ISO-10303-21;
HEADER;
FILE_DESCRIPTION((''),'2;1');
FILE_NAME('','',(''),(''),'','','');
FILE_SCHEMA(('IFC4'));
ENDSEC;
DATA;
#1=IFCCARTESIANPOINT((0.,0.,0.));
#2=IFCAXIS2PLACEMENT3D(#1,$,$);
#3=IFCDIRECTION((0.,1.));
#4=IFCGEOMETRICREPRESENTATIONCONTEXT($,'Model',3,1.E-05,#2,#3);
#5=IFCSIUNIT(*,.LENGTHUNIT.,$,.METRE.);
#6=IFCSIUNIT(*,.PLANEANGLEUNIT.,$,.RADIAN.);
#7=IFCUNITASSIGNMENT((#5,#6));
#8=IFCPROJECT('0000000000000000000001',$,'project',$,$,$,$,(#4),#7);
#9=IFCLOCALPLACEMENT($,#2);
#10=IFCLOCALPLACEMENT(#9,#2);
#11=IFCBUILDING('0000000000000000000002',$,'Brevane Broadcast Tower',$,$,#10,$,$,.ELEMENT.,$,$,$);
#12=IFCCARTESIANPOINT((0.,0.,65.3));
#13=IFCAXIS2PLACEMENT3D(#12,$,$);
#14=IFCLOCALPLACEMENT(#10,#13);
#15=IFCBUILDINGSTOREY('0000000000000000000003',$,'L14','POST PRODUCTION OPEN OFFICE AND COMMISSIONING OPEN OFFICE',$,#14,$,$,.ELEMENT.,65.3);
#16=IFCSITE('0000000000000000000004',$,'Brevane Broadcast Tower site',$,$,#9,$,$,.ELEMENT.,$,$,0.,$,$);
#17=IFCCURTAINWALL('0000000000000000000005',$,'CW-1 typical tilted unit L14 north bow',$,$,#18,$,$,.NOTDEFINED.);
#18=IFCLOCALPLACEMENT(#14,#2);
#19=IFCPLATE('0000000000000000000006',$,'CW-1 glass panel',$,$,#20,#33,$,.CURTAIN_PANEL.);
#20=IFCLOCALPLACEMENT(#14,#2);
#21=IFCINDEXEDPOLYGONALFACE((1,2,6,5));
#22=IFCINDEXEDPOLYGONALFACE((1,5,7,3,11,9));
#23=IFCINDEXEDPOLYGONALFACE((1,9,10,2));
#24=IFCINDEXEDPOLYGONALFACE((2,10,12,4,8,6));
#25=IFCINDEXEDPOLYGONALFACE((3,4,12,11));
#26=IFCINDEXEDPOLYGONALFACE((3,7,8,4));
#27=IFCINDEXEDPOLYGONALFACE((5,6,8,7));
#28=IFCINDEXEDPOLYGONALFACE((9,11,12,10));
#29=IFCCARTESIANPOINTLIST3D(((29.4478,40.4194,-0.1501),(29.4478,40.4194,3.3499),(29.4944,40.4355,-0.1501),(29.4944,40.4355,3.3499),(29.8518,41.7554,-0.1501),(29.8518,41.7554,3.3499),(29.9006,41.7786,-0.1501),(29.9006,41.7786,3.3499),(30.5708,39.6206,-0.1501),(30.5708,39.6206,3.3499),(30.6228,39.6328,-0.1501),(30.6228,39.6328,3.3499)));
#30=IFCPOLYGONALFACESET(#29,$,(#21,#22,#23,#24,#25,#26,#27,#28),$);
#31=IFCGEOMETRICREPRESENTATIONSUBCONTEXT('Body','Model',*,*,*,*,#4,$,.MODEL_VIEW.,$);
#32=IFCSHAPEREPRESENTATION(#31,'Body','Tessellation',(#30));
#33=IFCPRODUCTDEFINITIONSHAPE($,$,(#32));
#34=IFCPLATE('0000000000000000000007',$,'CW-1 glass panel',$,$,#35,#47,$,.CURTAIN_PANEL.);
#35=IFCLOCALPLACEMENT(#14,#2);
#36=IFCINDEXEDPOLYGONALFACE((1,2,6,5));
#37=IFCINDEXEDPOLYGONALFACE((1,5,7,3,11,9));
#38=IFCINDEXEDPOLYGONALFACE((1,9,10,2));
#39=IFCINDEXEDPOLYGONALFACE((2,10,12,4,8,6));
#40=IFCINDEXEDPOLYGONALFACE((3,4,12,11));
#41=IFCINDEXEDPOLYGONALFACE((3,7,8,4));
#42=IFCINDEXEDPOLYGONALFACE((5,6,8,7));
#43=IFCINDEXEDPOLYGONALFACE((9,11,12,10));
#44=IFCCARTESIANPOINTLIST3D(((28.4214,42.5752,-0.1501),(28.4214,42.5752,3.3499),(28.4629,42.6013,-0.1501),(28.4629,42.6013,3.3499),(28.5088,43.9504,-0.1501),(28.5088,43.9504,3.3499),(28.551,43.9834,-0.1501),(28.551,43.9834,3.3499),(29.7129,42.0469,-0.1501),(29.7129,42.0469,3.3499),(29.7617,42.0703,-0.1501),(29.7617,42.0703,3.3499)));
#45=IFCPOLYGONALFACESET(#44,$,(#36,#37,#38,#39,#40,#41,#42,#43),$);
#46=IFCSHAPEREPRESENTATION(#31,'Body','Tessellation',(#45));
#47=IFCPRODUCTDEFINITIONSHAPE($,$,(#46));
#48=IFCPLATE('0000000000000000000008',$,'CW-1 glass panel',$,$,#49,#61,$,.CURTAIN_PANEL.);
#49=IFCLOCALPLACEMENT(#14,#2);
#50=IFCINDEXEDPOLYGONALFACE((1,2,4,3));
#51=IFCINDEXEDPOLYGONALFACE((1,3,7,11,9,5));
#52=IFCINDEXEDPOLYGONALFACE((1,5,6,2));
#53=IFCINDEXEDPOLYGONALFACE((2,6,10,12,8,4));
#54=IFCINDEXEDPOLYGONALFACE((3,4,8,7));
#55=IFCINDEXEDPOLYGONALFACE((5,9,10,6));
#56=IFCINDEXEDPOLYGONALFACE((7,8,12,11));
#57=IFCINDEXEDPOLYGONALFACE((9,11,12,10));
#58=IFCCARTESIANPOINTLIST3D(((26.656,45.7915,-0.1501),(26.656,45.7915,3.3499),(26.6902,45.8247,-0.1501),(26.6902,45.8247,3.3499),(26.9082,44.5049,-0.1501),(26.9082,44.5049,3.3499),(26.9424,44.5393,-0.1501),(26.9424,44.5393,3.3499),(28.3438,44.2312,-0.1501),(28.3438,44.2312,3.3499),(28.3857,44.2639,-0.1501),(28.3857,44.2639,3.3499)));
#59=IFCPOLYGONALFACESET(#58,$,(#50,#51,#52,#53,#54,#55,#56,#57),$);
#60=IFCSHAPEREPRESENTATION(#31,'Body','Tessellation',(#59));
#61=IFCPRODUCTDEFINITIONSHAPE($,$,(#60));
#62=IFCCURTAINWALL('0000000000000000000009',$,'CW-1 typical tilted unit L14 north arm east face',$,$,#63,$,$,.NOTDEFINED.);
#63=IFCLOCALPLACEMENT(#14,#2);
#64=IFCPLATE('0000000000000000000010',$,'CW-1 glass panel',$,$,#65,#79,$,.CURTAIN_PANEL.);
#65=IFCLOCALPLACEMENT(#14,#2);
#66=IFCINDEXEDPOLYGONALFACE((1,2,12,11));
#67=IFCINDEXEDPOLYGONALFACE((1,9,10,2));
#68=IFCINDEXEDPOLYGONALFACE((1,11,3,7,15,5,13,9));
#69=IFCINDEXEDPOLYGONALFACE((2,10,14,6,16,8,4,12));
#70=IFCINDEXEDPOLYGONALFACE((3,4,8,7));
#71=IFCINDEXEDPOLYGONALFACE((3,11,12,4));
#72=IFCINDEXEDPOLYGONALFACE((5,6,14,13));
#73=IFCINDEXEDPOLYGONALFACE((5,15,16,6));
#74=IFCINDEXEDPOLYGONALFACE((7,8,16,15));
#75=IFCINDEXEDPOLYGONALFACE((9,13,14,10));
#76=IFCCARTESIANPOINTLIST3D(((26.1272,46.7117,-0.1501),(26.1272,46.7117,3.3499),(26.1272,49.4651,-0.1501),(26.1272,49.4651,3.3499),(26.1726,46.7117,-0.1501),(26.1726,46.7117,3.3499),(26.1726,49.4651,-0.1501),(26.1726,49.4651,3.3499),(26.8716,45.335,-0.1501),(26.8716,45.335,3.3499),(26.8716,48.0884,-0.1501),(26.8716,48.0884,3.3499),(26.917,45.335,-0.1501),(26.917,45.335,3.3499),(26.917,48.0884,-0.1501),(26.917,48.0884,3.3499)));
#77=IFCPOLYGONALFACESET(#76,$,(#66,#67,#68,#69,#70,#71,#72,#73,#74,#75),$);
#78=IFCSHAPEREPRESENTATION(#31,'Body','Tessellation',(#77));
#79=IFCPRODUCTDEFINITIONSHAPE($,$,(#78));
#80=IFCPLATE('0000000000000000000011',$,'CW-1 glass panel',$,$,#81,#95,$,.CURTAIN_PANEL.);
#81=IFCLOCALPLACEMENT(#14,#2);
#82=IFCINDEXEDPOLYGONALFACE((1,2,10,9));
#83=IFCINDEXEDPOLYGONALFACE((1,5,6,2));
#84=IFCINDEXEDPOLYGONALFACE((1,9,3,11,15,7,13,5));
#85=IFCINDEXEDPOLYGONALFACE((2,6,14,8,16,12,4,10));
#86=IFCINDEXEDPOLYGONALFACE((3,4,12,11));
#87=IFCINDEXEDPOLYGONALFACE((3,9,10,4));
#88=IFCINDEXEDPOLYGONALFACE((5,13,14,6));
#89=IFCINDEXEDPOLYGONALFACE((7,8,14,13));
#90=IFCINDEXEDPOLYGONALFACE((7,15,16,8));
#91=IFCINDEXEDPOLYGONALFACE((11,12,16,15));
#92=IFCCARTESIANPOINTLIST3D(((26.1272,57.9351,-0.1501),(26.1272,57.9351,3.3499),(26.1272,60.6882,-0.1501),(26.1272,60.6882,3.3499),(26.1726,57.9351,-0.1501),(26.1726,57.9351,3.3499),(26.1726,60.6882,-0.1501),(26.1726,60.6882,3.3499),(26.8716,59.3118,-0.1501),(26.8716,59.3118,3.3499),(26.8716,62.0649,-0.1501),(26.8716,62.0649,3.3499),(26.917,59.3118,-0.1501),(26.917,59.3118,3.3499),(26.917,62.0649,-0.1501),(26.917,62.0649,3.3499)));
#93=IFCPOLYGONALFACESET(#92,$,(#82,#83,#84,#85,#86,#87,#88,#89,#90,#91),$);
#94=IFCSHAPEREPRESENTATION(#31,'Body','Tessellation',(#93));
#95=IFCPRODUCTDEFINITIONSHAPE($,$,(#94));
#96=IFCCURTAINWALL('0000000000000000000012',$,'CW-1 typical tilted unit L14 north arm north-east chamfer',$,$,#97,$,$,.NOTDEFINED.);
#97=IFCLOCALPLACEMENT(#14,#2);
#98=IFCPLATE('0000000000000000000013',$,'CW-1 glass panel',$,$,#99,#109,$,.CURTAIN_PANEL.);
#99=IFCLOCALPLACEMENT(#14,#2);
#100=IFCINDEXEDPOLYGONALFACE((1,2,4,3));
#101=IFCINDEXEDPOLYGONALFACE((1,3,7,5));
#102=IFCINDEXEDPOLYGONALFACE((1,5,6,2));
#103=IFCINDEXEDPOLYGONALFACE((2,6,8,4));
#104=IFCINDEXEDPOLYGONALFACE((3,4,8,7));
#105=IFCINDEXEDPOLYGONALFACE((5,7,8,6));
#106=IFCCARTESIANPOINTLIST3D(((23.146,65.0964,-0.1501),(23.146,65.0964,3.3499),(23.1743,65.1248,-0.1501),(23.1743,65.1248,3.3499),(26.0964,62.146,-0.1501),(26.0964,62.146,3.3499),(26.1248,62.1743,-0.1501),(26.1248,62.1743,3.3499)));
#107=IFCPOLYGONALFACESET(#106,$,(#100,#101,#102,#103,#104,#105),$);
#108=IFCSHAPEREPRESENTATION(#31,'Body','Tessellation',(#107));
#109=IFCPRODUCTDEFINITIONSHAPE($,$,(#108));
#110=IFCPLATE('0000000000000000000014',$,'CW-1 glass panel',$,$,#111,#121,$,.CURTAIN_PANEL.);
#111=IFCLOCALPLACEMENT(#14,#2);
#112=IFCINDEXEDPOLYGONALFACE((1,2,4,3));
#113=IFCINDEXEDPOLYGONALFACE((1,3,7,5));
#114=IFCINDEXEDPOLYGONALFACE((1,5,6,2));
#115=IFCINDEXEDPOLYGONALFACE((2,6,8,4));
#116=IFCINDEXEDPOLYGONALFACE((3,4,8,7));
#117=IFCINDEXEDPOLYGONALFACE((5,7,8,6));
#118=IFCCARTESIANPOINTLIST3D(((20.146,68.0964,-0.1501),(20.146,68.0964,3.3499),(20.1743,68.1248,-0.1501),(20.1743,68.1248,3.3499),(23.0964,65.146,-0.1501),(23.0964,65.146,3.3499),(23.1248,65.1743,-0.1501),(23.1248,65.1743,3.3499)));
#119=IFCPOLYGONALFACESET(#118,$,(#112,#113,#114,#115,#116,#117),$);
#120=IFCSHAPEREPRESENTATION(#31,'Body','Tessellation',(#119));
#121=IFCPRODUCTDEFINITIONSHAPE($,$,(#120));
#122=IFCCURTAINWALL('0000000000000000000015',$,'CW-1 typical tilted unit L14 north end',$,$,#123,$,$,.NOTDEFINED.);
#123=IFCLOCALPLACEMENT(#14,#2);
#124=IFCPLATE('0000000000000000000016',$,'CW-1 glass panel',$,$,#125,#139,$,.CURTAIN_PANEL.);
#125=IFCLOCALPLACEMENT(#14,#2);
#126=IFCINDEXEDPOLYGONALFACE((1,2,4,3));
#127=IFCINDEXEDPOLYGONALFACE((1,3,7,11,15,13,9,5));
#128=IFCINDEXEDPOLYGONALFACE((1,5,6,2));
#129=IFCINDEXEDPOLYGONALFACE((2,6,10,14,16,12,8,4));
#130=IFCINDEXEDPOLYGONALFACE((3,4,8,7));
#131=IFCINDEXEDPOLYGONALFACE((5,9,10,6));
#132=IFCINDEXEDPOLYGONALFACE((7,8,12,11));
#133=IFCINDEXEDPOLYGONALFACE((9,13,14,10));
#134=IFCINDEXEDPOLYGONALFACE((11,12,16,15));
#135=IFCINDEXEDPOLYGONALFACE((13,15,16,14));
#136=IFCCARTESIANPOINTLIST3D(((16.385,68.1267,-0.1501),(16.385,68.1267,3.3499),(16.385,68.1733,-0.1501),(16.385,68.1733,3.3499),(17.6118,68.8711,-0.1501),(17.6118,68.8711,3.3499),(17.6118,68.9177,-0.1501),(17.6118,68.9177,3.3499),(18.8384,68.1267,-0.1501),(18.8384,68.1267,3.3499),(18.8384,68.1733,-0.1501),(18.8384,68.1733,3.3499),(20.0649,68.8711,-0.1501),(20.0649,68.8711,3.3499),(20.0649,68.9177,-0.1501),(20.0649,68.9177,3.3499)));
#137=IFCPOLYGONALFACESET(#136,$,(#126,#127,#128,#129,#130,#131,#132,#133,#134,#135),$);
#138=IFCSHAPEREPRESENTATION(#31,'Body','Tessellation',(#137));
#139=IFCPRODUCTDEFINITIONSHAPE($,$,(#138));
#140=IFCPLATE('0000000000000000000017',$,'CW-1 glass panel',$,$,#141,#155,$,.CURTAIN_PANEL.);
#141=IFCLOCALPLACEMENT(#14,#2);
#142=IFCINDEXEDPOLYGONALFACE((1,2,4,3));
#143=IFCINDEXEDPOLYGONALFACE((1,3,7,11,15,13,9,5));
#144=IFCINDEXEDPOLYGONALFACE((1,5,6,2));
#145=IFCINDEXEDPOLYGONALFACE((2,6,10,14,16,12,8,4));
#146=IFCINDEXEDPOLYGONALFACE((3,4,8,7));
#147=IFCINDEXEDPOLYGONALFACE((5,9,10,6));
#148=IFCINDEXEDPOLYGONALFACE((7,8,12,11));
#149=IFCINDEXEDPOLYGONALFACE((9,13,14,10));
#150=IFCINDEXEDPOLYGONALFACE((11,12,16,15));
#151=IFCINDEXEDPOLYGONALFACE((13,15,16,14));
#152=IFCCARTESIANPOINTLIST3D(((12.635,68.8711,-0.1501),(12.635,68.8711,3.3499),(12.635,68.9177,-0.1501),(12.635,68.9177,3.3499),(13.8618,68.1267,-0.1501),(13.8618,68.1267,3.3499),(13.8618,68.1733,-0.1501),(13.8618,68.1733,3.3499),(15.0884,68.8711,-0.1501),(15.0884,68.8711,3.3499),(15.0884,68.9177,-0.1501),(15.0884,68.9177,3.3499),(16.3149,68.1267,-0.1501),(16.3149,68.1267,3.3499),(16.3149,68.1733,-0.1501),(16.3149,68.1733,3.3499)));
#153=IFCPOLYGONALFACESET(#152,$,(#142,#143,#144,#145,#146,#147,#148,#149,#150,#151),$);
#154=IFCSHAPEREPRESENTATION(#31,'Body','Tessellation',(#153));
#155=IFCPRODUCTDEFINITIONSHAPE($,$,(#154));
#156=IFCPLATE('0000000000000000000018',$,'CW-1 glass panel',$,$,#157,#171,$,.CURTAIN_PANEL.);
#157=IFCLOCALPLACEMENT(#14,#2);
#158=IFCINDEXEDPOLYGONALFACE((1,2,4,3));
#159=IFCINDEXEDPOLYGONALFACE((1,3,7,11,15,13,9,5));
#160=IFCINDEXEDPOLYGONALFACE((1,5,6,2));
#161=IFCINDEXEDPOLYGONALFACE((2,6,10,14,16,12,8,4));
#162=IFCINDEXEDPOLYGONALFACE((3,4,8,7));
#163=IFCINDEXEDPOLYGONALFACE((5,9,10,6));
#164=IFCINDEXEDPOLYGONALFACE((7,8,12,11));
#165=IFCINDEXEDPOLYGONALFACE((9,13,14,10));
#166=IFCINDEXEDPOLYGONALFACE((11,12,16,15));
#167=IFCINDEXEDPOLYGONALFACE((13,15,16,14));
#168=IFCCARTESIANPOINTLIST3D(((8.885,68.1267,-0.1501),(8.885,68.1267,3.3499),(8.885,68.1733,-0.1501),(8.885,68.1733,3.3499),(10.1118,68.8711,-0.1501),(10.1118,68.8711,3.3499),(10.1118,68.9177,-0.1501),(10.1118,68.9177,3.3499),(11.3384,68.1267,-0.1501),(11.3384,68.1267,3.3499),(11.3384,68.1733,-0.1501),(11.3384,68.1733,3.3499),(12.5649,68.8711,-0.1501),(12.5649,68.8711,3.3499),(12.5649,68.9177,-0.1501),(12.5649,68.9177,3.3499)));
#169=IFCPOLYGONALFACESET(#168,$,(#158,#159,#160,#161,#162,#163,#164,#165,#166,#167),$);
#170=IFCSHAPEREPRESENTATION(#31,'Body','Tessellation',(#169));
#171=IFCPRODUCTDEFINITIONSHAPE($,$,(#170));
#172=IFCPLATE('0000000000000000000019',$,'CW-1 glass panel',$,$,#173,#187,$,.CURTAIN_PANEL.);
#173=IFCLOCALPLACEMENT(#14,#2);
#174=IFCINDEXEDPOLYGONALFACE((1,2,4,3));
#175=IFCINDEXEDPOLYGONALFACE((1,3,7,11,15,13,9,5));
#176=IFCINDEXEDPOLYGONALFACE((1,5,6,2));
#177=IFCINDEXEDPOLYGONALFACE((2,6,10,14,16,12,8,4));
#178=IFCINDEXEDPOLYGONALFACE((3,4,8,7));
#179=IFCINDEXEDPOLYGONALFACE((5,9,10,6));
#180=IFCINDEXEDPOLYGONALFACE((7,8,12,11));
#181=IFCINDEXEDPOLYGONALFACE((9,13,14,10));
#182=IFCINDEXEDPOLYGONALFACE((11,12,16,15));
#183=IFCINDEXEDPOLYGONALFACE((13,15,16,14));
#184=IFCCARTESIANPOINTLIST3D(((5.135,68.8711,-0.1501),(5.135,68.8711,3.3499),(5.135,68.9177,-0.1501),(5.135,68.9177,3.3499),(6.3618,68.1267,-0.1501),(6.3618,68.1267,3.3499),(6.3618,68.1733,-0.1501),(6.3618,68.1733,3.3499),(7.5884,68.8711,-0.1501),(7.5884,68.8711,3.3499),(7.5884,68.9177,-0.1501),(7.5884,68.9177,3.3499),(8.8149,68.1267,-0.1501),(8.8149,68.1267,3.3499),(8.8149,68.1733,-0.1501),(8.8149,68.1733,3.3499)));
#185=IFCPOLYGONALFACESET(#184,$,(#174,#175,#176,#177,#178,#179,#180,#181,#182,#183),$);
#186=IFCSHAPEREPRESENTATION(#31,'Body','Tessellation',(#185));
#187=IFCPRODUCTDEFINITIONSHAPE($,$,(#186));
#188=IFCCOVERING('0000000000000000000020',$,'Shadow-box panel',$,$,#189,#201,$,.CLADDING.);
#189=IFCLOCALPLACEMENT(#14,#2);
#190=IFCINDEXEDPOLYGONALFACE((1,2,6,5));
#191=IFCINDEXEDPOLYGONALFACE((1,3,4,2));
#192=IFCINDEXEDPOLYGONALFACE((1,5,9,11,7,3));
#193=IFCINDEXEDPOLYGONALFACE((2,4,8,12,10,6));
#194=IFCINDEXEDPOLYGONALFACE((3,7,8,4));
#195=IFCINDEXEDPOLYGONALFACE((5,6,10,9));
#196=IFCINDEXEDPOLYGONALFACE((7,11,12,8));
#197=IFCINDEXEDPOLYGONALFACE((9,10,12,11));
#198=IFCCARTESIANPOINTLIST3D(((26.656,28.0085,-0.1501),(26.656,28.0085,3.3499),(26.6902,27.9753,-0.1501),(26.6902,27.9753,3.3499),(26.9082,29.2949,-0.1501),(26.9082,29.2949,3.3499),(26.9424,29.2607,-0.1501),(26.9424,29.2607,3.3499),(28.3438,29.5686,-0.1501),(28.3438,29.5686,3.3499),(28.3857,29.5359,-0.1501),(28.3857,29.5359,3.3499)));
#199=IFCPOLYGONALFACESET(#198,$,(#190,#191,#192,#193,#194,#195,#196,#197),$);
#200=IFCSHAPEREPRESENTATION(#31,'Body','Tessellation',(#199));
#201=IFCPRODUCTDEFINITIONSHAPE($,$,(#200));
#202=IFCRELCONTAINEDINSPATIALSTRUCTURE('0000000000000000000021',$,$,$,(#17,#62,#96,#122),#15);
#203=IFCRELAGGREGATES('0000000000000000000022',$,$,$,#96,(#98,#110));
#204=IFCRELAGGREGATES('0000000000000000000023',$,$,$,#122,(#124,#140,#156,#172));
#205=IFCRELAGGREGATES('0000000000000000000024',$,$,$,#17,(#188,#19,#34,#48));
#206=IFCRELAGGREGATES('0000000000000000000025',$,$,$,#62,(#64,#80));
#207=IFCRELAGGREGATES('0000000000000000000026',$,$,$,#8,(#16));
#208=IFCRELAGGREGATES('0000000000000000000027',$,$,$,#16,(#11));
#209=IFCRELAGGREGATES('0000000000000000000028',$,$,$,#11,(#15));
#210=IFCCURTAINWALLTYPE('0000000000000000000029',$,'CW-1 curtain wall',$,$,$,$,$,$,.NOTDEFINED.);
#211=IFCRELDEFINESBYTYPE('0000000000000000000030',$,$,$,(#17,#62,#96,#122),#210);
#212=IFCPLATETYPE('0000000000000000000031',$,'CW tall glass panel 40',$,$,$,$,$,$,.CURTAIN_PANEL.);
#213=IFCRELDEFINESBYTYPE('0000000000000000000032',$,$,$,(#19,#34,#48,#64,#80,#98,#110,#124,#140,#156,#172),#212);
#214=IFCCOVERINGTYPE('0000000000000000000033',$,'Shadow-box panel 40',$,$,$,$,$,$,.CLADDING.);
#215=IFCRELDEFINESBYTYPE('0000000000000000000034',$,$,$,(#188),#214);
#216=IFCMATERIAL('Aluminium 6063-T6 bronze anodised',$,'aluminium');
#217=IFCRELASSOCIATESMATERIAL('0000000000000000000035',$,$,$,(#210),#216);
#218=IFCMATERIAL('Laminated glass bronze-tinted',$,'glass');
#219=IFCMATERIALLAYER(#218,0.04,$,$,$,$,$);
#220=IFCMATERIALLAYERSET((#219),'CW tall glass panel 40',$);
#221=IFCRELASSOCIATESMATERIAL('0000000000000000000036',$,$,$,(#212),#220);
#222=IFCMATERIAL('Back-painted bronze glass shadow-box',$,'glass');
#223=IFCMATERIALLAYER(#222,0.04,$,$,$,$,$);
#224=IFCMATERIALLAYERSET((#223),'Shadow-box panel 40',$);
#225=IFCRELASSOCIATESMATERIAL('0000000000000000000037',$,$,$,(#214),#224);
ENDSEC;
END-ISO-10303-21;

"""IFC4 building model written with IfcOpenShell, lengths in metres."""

from ifc_helpers import new_model, si_unit, direction, frame, origin, place, context, subcontext, project, spatial, polyline, outline, extrude, material, layer, layer_set, type_object, element, aggregate, save


model = new_model("IFC4")

# Units and contexts
model_context = context("Model", 3, precision=1e-05, world=origin(), true_north=direction((0.0, 1.0)))
body_context = subcontext(model_context, "Body", "Model", "MODEL_VIEW")
ifc_project = project(units=[si_unit("LENGTHUNIT", "METRE"), si_unit("PLANEANGLEUNIT", "RADIAN")], contexts=[model_context])

# Site, building, storey
site_placement = place(None, origin())
site = spatial("IfcSite", under=ifc_project, at=site_placement, Name="Brevane Broadcast Tower site", CompositionType="ELEMENT", RefElevation=0.0)
building_placement = place(site_placement, origin())
building = spatial("IfcBuilding", under=site, at=building_placement, Name="Brevane Broadcast Tower", CompositionType="ELEMENT")
storey_placement = place(building_placement, frame((0.0, 0.0, 65.3)))
storey = spatial("IfcBuildingStorey", under=building, at=storey_placement, Name="L14", Description="POST PRODUCTION OPEN OFFICE AND COMMISSIONING OPEN OFFICE", CompositionType="ELEMENT", Elevation=65.3)

# Shared definitions
ifc_material_1 = material(Name="Aluminium 6063-T6 bronze anodised", Category="aluminium")
curtain_wall_type = type_object("IfcCurtainWallType", Name="CW-1 curtain wall", PredefinedType="NOTDEFINED", material=ifc_material_1)

# Curtain walls, plates
ifc_material_2 = material(Name="Laminated glass bronze-tinted", Category="glass")
ifc_layer_1 = layer(ifc_material_2, 0.04)
ifc_layer_set_1 = layer_set([ifc_layer_1], Name="CW tall glass panel 40")
plate_type = type_object("IfcPlateType", Name="CW tall glass panel 40", PredefinedType="CURTAIN_PANEL", material=ifc_layer_set_1)
curtain_wall_1_placement = place(storey_placement, origin())
curtain_wall_1 = element("IfcCurtainWall", 1, at=curtain_wall_1_placement, inside=storey, type_object=curtain_wall_type, Name="CW-1 typical tilted unit L14 north bow", PredefinedType="NOTDEFINED")
plate_1_placement = place(storey_placement, frame((0.0, 0.0, -0.1501)))
plate_1 = element("IfcPlate", 2, at=plate_1_placement, type_object=plate_type, Name="CW-1 glass panel", PredefinedType="CURTAIN_PANEL", context=body_context, shape_type="SweptSolid", body=[
    extrude(outline(polyline([(30.5708, 39.6206), (30.6228, 39.6328), (29.4944, 40.4355), (29.9006, 41.7786), (29.8518, 41.7554), (29.4478, 40.4194), (30.5708, 39.6206)])), origin(), (0.0, 0.0, 1.0), 3.5),
])
plate_2_placement = place(storey_placement, frame((0.0, 0.0, -0.1501)))
plate_2 = element("IfcPlate", 3, at=plate_2_placement, type_object=plate_type, Name="CW-1 glass panel", PredefinedType="CURTAIN_PANEL", context=body_context, shape_type="SweptSolid", body=[
    extrude(outline(polyline([(29.7129, 42.0469), (29.7617, 42.0703), (28.4629, 42.6013), (28.551, 43.9834), (28.5088, 43.9504), (28.4214, 42.5752), (29.7129, 42.0469)])), origin(), (0.0, 0.0, 1.0), 3.5),
])
plate_3_placement = place(storey_placement, frame((0.0, 0.0, -0.1501)))
plate_3 = element("IfcPlate", 4, at=plate_3_placement, type_object=plate_type, Name="CW-1 glass panel", PredefinedType="CURTAIN_PANEL", context=body_context, shape_type="SweptSolid", body=[
    extrude(outline(polyline([(28.3438, 44.2312), (28.3857, 44.2639), (26.9424, 44.5393), (26.6902, 45.8247), (26.656, 45.7915), (26.9082, 44.5049), (28.3438, 44.2312)])), origin(), (0.0, 0.0, 1.0), 3.5),
])
curtain_wall_2_placement = place(storey_placement, origin())
curtain_wall_2 = element("IfcCurtainWall", 5, at=curtain_wall_2_placement, inside=storey, type_object=curtain_wall_type, Name="CW-1 typical tilted unit L14 north arm east face", PredefinedType="NOTDEFINED")
plate_4_placement = place(storey_placement, frame((0.0, 0.0, -0.1501)))
plate_4 = element("IfcPlate", 6, at=plate_4_placement, type_object=plate_type, Name="CW-1 glass panel", PredefinedType="CURTAIN_PANEL", context=body_context, shape_type="SweptSolid", body=[
    extrude(outline(polyline([(26.8716, 45.335), (26.917, 45.335), (26.1726, 46.7117), (26.917, 48.0884), (26.1726, 49.4651), (26.1272, 49.4651), (26.8716, 48.0884), (26.1272, 46.7117), (26.8716, 45.335)])), origin(), (0.0, 0.0, 1.0), 3.5),
])
plate_5_placement = place(storey_placement, frame((0.0, 0.0, -0.1501)))
plate_5 = element("IfcPlate", 7, at=plate_5_placement, type_object=plate_type, Name="CW-1 glass panel", PredefinedType="CURTAIN_PANEL", context=body_context, shape_type="SweptSolid", body=[
    extrude(outline(polyline([(26.1272, 57.9351), (26.1726, 57.9351), (26.917, 59.3118), (26.1726, 60.6882), (26.917, 62.0649), (26.8716, 62.0649), (26.1272, 60.6882), (26.8716, 59.3118), (26.1272, 57.9351)])), origin(), (0.0, 0.0, 1.0), 3.5),
])
curtain_wall_3_placement = place(storey_placement, origin())
curtain_wall_3 = element("IfcCurtainWall", 8, at=curtain_wall_3_placement, inside=storey, type_object=curtain_wall_type, Name="CW-1 typical tilted unit L14 north arm north-east chamfer", PredefinedType="NOTDEFINED")
plate_6_placement = place(storey_placement, frame((0.0, 0.0, -0.1501)))
plate_6 = element("IfcPlate", 9, at=plate_6_placement, type_object=plate_type, Name="CW-1 glass panel", PredefinedType="CURTAIN_PANEL", context=body_context, shape_type="SweptSolid", body=[
    extrude(outline(polyline([(26.0964, 62.146), (23.146, 65.0964), (23.1743, 65.1248), (26.1248, 62.1743), (26.0964, 62.146)])), origin(), (0.0, 0.0, 1.0), 3.5),
])
plate_7_placement = place(storey_placement, frame((0.0, 0.0, -0.1501)))
plate_7 = element("IfcPlate", 10, at=plate_7_placement, type_object=plate_type, Name="CW-1 glass panel", PredefinedType="CURTAIN_PANEL", context=body_context, shape_type="SweptSolid", body=[
    extrude(outline(polyline([(23.0964, 65.146), (20.146, 68.0964), (20.1743, 68.1248), (23.1248, 65.1743), (23.0964, 65.146)])), origin(), (0.0, 0.0, 1.0), 3.5),
])
aggregate(curtain_wall_3, [plate_6, plate_7])
curtain_wall_4_placement = place(storey_placement, origin())
curtain_wall_4 = element("IfcCurtainWall", 11, at=curtain_wall_4_placement, inside=storey, type_object=curtain_wall_type, Name="CW-1 typical tilted unit L14 north end", PredefinedType="NOTDEFINED")
plate_8_placement = place(storey_placement, frame((0.0, 0.0, -0.1501)))
plate_8 = element("IfcPlate", 12, at=plate_8_placement, type_object=plate_type, Name="CW-1 glass panel", PredefinedType="CURTAIN_PANEL", context=body_context, shape_type="SweptSolid", body=[
    extrude(outline(polyline([(20.0649, 68.8711), (20.0649, 68.9177), (18.8384, 68.1733), (17.6118, 68.9177), (16.385, 68.1733), (16.385, 68.1267), (17.6118, 68.8711), (18.8384, 68.1267), (20.0649, 68.8711)])), origin(), (0.0, 0.0, 1.0), 3.5),
])
plate_9_placement = place(storey_placement, frame((0.0, 0.0, -0.1501)))
plate_9 = element("IfcPlate", 13, at=plate_9_placement, type_object=plate_type, Name="CW-1 glass panel", PredefinedType="CURTAIN_PANEL", context=body_context, shape_type="SweptSolid", body=[
    extrude(outline(polyline([(16.3149, 68.1267), (16.3149, 68.1733), (15.0884, 68.9177), (13.8618, 68.1733), (12.635, 68.9177), (12.635, 68.8711), (13.8618, 68.1267), (15.0884, 68.8711), (16.3149, 68.1267)])), origin(), (0.0, 0.0, 1.0), 3.5),
])
plate_10_placement = place(storey_placement, frame((0.0, 0.0, -0.1501)))
plate_10 = element("IfcPlate", 14, at=plate_10_placement, type_object=plate_type, Name="CW-1 glass panel", PredefinedType="CURTAIN_PANEL", context=body_context, shape_type="SweptSolid", body=[
    extrude(outline(polyline([(12.5649, 68.8711), (12.5649, 68.9177), (11.3384, 68.1733), (10.1118, 68.9177), (8.885, 68.1733), (8.885, 68.1267), (10.1118, 68.8711), (11.3384, 68.1267), (12.5649, 68.8711)])), origin(), (0.0, 0.0, 1.0), 3.5),
])
plate_11_placement = place(storey_placement, frame((0.0, 0.0, -0.1501)))
plate_11 = element("IfcPlate", 15, at=plate_11_placement, type_object=plate_type, Name="CW-1 glass panel", PredefinedType="CURTAIN_PANEL", context=body_context, shape_type="SweptSolid", body=[
    extrude(outline(polyline([(8.8149, 68.1267), (8.8149, 68.1733), (7.5884, 68.9177), (6.3618, 68.1733), (5.135, 68.9177), (5.135, 68.8711), (6.3618, 68.1267), (7.5884, 68.8711), (8.8149, 68.1267)])), origin(), (0.0, 0.0, 1.0), 3.5),
])
aggregate(curtain_wall_4, [plate_8, plate_9, plate_10, plate_11])

# Covering
ifc_material_3 = material(Name="Back-painted bronze glass shadow-box", Category="glass")
ifc_layer_2 = layer(ifc_material_3, 0.04)
ifc_layer_set_2 = layer_set([ifc_layer_2], Name="Shadow-box panel 40")
covering_type = type_object("IfcCoveringType", Name="Shadow-box panel 40", PredefinedType="CLADDING", material=ifc_layer_set_2)
covering_1_placement = place(storey_placement, frame((0.0, 0.0, -0.1501)))
covering_1 = element("IfcCovering", 16, at=covering_1_placement, type_object=covering_type, Name="Shadow-box panel", PredefinedType="CLADDING", context=body_context, shape_type="SweptSolid", body=[
    extrude(outline(polyline([(26.656, 28.0085), (26.6902, 27.9753), (26.9424, 29.2607), (28.3857, 29.5359), (28.3438, 29.5686), (26.9082, 29.2949), (26.656, 28.0085)])), origin(), (0.0, 0.0, 1.0), 3.5),
])
aggregate(curtain_wall_1, [covering_1, plate_1, plate_2, plate_3])
aggregate(curtain_wall_2, [plate_4, plate_5])

save(model, "model.ifc")
